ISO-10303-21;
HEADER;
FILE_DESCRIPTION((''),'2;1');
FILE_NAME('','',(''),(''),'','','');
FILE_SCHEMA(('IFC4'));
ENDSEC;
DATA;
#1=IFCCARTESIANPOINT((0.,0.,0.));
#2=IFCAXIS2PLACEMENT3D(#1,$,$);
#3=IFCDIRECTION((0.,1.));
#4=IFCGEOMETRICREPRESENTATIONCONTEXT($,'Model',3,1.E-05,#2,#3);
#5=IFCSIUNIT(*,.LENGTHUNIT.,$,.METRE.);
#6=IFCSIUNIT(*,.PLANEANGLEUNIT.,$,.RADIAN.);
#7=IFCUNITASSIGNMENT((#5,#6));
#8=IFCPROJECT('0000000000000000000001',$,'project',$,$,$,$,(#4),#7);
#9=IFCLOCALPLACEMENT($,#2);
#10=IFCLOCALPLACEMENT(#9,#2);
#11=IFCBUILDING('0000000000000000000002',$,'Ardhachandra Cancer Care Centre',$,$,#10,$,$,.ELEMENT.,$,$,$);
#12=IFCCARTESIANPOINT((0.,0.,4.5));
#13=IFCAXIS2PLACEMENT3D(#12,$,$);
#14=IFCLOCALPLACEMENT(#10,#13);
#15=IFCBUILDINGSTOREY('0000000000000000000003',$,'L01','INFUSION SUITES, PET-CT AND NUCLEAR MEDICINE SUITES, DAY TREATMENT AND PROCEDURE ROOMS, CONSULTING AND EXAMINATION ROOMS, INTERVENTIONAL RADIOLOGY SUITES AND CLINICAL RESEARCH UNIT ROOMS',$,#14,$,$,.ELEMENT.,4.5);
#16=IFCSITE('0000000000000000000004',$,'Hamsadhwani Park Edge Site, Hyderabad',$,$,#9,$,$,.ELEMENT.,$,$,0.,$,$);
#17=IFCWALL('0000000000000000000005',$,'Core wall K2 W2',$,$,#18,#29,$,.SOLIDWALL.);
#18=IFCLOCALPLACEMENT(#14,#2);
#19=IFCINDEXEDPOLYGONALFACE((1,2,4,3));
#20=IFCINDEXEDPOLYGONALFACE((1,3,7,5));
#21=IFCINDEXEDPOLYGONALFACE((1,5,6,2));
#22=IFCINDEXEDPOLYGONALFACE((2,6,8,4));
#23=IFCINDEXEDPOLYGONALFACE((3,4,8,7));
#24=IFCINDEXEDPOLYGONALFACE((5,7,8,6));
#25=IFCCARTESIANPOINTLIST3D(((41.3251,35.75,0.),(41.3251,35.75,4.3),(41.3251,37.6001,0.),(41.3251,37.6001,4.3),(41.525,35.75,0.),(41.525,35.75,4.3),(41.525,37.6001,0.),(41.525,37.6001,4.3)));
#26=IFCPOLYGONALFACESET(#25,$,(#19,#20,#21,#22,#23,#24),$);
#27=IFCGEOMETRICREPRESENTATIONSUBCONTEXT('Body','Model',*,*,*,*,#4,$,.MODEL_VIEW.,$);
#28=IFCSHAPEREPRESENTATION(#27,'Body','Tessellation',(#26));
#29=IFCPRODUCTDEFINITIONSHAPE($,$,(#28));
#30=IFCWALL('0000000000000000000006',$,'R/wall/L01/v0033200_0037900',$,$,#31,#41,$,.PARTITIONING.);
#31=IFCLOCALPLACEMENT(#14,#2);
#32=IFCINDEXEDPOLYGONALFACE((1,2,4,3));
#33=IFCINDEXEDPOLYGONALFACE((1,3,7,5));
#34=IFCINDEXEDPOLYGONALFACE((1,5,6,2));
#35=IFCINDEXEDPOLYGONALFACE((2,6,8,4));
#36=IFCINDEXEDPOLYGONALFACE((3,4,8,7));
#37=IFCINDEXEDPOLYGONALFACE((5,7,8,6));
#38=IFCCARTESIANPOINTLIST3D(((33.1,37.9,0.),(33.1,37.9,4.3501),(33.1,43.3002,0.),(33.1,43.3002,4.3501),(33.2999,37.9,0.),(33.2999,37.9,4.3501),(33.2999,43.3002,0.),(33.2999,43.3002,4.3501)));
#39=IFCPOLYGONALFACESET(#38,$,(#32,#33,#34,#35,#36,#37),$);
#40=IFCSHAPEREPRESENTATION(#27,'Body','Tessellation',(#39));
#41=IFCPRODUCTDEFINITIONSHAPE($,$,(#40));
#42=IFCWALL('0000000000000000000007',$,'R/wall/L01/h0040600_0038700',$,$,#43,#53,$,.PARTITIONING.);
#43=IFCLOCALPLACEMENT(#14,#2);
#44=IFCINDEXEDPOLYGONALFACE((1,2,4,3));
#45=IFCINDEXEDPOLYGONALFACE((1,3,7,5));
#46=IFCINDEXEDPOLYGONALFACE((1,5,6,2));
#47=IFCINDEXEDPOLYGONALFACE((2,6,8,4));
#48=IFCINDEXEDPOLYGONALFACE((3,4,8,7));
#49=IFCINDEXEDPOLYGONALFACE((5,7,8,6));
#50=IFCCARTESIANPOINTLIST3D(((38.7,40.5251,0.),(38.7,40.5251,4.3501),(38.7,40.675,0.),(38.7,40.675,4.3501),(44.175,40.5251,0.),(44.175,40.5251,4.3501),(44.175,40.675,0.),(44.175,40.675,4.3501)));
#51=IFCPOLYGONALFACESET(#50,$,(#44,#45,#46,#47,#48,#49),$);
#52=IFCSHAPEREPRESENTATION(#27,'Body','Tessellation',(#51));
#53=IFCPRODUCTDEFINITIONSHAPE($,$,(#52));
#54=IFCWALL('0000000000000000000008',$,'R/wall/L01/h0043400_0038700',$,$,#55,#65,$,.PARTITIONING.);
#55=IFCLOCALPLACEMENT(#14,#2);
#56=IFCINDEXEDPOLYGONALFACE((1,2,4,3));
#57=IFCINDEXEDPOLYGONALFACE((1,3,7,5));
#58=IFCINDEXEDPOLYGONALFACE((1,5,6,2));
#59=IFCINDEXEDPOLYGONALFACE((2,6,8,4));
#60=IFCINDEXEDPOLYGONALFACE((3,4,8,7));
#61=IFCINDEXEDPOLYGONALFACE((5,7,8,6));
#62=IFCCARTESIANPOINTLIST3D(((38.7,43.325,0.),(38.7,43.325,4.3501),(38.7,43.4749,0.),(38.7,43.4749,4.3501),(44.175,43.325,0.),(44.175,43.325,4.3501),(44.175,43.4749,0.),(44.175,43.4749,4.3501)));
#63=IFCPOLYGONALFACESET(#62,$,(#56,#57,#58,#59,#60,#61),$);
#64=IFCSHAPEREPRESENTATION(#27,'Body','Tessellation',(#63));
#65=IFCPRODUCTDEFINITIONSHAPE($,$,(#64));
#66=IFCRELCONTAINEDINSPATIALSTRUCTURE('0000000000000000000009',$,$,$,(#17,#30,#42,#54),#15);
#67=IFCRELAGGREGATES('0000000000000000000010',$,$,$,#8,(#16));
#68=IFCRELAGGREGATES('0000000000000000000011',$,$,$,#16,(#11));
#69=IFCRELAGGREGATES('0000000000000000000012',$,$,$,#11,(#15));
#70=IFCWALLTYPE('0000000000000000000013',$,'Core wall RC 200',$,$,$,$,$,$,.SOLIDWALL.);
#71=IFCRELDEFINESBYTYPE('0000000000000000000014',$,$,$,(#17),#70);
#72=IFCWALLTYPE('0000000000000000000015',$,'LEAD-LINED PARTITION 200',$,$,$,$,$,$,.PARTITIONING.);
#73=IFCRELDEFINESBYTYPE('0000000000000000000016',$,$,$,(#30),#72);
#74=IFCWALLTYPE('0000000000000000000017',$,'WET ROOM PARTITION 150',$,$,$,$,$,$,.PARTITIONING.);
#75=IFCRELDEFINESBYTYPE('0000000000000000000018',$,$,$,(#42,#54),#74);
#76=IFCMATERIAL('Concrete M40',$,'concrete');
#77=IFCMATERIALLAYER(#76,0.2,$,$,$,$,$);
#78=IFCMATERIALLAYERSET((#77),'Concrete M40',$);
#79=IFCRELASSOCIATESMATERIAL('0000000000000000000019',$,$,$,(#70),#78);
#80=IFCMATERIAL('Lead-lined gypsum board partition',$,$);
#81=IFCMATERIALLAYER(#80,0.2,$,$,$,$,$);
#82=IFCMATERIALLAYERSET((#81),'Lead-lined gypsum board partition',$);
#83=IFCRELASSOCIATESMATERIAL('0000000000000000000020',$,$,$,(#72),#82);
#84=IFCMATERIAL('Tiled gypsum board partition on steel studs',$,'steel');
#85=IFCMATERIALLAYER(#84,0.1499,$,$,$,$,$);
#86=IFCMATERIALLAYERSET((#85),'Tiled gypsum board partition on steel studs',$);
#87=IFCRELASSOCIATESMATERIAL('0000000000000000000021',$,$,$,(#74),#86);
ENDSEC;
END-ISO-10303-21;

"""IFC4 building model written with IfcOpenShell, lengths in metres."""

from ifc_helpers import new_model, si_unit, direction, frame, frame_2d, origin, place, context, subcontext, project, spatial, rectangle, extrude, material, layer, layer_set, type_object, element, save


model = new_model("IFC4")

# Units and contexts
model_context = context("Model", 3, precision=1e-05, world=origin(), true_north=direction((0.0, 1.0)))
body_context = subcontext(model_context, "Body", "Model", "MODEL_VIEW")
ifc_project = project(units=[si_unit("LENGTHUNIT", "METRE"), si_unit("PLANEANGLEUNIT", "RADIAN")], contexts=[model_context])

# Site, building, storey
site_placement = place(None, origin())
site = spatial("IfcSite", under=ifc_project, at=site_placement, Name="Hamsadhwani Park Edge Site, Hyderabad", CompositionType="ELEMENT", RefElevation=0.0)
building_placement = place(site_placement, origin())
building = spatial("IfcBuilding", under=site, at=building_placement, Name="Ardhachandra Cancer Care Centre", CompositionType="ELEMENT")
storey_placement = place(building_placement, frame((0.0, 0.0, 4.5)))
storey = spatial("IfcBuildingStorey", under=building, at=storey_placement, Name="L01", Description="INFUSION SUITES, PET-CT AND NUCLEAR MEDICINE SUITES, DAY TREATMENT AND PROCEDURE ROOMS, CONSULTING AND EXAMINATION ROOMS, INTERVENTIONAL RADIOLOGY SUITES AND CLINICAL RESEARCH UNIT ROOMS", CompositionType="ELEMENT", Elevation=4.5)

# Shared definitions
ifc_material_1 = material(Name="Concrete M40", Category="concrete")
ifc_layer_1 = layer(ifc_material_1, 0.2)
ifc_layer_set_1 = layer_set([ifc_layer_1], Name="Concrete M40")
wall_type_1 = type_object("IfcWallType", Name="Core wall RC 200", PredefinedType="SOLIDWALL", material=ifc_layer_set_1)

# Walls
wall_1_placement = place(storey_placement, frame((41.425, 35.75, 0.0), z_axis=(0.0, 0.0, 1.0), x_axis=(0.0, 1.0, 0.0)))
element("IfcWall", 1, at=wall_1_placement, inside=storey, type_object=wall_type_1, Name="Core wall K2 W2", PredefinedType="SOLIDWALL", context=body_context, shape_type="SweptSolid", body=[
    extrude(rectangle(XDim=1.8501, YDim=0.2, at=frame_2d((0.925, 0.0))), origin(), (0.0, 0.0, 1.0), 4.3),
])
ifc_material_2 = material(Name="Lead-lined gypsum board partition")
ifc_layer_2 = layer(ifc_material_2, 0.2)
ifc_layer_set_2 = layer_set([ifc_layer_2], Name="Lead-lined gypsum board partition")
wall_type_2 = type_object("IfcWallType", Name="LEAD-LINED PARTITION 200", PredefinedType="PARTITIONING", material=ifc_layer_set_2)
wall_2_placement = place(storey_placement, frame((33.2, 37.8999, 0.0), z_axis=(0.0, 0.0, 1.0), x_axis=(0.0, 1.0, 0.0)))
element("IfcWall", 2, at=wall_2_placement, inside=storey, type_object=wall_type_2, Name="R/wall/L01/v0033200_0037900", PredefinedType="PARTITIONING", context=body_context, shape_type="SweptSolid", body=[
    extrude(rectangle(XDim=5.4001, YDim=0.2, at=frame_2d((2.7002, 0.0))), origin(), (0.0, 0.0, 1.0), 4.3501),
])
ifc_material_3 = material(Name="Tiled gypsum board partition on steel studs", Category="steel")
ifc_layer_3 = layer(ifc_material_3, 0.1499)
ifc_layer_set_3 = layer_set([ifc_layer_3], Name="Tiled gypsum board partition on steel studs")
wall_type_3 = type_object("IfcWallType", Name="WET ROOM PARTITION 150", PredefinedType="PARTITIONING", material=ifc_layer_set_3)
for number, where, z_axis, x_axis, name in (
    (3, (38.7, 40.6001, 0.0), (0.0, 0.0, 1.0), (1.0, 0.0, 0.0), "R/wall/L01/h0040600_0038700"),
    (4, (38.7, 43.3999, 0.0), (0.0, 0.0, 1.0), (1.0, 0.0, 0.0), "R/wall/L01/h0043400_0038700"),
):
    element("IfcWall", number, at=place(storey_placement, frame(where, z_axis=z_axis, x_axis=x_axis)), inside=storey, type_object=wall_type_3, Name=name, PredefinedType="PARTITIONING", context=body_context, shape_type="SweptSolid", body=[
        extrude(rectangle(XDim=5.4751, YDim=0.1499, at=frame_2d((2.7375, 0.0))), origin(), (0.0, 0.0, 1.0), 4.3501),
    ])

save(model, "model.ifc")
